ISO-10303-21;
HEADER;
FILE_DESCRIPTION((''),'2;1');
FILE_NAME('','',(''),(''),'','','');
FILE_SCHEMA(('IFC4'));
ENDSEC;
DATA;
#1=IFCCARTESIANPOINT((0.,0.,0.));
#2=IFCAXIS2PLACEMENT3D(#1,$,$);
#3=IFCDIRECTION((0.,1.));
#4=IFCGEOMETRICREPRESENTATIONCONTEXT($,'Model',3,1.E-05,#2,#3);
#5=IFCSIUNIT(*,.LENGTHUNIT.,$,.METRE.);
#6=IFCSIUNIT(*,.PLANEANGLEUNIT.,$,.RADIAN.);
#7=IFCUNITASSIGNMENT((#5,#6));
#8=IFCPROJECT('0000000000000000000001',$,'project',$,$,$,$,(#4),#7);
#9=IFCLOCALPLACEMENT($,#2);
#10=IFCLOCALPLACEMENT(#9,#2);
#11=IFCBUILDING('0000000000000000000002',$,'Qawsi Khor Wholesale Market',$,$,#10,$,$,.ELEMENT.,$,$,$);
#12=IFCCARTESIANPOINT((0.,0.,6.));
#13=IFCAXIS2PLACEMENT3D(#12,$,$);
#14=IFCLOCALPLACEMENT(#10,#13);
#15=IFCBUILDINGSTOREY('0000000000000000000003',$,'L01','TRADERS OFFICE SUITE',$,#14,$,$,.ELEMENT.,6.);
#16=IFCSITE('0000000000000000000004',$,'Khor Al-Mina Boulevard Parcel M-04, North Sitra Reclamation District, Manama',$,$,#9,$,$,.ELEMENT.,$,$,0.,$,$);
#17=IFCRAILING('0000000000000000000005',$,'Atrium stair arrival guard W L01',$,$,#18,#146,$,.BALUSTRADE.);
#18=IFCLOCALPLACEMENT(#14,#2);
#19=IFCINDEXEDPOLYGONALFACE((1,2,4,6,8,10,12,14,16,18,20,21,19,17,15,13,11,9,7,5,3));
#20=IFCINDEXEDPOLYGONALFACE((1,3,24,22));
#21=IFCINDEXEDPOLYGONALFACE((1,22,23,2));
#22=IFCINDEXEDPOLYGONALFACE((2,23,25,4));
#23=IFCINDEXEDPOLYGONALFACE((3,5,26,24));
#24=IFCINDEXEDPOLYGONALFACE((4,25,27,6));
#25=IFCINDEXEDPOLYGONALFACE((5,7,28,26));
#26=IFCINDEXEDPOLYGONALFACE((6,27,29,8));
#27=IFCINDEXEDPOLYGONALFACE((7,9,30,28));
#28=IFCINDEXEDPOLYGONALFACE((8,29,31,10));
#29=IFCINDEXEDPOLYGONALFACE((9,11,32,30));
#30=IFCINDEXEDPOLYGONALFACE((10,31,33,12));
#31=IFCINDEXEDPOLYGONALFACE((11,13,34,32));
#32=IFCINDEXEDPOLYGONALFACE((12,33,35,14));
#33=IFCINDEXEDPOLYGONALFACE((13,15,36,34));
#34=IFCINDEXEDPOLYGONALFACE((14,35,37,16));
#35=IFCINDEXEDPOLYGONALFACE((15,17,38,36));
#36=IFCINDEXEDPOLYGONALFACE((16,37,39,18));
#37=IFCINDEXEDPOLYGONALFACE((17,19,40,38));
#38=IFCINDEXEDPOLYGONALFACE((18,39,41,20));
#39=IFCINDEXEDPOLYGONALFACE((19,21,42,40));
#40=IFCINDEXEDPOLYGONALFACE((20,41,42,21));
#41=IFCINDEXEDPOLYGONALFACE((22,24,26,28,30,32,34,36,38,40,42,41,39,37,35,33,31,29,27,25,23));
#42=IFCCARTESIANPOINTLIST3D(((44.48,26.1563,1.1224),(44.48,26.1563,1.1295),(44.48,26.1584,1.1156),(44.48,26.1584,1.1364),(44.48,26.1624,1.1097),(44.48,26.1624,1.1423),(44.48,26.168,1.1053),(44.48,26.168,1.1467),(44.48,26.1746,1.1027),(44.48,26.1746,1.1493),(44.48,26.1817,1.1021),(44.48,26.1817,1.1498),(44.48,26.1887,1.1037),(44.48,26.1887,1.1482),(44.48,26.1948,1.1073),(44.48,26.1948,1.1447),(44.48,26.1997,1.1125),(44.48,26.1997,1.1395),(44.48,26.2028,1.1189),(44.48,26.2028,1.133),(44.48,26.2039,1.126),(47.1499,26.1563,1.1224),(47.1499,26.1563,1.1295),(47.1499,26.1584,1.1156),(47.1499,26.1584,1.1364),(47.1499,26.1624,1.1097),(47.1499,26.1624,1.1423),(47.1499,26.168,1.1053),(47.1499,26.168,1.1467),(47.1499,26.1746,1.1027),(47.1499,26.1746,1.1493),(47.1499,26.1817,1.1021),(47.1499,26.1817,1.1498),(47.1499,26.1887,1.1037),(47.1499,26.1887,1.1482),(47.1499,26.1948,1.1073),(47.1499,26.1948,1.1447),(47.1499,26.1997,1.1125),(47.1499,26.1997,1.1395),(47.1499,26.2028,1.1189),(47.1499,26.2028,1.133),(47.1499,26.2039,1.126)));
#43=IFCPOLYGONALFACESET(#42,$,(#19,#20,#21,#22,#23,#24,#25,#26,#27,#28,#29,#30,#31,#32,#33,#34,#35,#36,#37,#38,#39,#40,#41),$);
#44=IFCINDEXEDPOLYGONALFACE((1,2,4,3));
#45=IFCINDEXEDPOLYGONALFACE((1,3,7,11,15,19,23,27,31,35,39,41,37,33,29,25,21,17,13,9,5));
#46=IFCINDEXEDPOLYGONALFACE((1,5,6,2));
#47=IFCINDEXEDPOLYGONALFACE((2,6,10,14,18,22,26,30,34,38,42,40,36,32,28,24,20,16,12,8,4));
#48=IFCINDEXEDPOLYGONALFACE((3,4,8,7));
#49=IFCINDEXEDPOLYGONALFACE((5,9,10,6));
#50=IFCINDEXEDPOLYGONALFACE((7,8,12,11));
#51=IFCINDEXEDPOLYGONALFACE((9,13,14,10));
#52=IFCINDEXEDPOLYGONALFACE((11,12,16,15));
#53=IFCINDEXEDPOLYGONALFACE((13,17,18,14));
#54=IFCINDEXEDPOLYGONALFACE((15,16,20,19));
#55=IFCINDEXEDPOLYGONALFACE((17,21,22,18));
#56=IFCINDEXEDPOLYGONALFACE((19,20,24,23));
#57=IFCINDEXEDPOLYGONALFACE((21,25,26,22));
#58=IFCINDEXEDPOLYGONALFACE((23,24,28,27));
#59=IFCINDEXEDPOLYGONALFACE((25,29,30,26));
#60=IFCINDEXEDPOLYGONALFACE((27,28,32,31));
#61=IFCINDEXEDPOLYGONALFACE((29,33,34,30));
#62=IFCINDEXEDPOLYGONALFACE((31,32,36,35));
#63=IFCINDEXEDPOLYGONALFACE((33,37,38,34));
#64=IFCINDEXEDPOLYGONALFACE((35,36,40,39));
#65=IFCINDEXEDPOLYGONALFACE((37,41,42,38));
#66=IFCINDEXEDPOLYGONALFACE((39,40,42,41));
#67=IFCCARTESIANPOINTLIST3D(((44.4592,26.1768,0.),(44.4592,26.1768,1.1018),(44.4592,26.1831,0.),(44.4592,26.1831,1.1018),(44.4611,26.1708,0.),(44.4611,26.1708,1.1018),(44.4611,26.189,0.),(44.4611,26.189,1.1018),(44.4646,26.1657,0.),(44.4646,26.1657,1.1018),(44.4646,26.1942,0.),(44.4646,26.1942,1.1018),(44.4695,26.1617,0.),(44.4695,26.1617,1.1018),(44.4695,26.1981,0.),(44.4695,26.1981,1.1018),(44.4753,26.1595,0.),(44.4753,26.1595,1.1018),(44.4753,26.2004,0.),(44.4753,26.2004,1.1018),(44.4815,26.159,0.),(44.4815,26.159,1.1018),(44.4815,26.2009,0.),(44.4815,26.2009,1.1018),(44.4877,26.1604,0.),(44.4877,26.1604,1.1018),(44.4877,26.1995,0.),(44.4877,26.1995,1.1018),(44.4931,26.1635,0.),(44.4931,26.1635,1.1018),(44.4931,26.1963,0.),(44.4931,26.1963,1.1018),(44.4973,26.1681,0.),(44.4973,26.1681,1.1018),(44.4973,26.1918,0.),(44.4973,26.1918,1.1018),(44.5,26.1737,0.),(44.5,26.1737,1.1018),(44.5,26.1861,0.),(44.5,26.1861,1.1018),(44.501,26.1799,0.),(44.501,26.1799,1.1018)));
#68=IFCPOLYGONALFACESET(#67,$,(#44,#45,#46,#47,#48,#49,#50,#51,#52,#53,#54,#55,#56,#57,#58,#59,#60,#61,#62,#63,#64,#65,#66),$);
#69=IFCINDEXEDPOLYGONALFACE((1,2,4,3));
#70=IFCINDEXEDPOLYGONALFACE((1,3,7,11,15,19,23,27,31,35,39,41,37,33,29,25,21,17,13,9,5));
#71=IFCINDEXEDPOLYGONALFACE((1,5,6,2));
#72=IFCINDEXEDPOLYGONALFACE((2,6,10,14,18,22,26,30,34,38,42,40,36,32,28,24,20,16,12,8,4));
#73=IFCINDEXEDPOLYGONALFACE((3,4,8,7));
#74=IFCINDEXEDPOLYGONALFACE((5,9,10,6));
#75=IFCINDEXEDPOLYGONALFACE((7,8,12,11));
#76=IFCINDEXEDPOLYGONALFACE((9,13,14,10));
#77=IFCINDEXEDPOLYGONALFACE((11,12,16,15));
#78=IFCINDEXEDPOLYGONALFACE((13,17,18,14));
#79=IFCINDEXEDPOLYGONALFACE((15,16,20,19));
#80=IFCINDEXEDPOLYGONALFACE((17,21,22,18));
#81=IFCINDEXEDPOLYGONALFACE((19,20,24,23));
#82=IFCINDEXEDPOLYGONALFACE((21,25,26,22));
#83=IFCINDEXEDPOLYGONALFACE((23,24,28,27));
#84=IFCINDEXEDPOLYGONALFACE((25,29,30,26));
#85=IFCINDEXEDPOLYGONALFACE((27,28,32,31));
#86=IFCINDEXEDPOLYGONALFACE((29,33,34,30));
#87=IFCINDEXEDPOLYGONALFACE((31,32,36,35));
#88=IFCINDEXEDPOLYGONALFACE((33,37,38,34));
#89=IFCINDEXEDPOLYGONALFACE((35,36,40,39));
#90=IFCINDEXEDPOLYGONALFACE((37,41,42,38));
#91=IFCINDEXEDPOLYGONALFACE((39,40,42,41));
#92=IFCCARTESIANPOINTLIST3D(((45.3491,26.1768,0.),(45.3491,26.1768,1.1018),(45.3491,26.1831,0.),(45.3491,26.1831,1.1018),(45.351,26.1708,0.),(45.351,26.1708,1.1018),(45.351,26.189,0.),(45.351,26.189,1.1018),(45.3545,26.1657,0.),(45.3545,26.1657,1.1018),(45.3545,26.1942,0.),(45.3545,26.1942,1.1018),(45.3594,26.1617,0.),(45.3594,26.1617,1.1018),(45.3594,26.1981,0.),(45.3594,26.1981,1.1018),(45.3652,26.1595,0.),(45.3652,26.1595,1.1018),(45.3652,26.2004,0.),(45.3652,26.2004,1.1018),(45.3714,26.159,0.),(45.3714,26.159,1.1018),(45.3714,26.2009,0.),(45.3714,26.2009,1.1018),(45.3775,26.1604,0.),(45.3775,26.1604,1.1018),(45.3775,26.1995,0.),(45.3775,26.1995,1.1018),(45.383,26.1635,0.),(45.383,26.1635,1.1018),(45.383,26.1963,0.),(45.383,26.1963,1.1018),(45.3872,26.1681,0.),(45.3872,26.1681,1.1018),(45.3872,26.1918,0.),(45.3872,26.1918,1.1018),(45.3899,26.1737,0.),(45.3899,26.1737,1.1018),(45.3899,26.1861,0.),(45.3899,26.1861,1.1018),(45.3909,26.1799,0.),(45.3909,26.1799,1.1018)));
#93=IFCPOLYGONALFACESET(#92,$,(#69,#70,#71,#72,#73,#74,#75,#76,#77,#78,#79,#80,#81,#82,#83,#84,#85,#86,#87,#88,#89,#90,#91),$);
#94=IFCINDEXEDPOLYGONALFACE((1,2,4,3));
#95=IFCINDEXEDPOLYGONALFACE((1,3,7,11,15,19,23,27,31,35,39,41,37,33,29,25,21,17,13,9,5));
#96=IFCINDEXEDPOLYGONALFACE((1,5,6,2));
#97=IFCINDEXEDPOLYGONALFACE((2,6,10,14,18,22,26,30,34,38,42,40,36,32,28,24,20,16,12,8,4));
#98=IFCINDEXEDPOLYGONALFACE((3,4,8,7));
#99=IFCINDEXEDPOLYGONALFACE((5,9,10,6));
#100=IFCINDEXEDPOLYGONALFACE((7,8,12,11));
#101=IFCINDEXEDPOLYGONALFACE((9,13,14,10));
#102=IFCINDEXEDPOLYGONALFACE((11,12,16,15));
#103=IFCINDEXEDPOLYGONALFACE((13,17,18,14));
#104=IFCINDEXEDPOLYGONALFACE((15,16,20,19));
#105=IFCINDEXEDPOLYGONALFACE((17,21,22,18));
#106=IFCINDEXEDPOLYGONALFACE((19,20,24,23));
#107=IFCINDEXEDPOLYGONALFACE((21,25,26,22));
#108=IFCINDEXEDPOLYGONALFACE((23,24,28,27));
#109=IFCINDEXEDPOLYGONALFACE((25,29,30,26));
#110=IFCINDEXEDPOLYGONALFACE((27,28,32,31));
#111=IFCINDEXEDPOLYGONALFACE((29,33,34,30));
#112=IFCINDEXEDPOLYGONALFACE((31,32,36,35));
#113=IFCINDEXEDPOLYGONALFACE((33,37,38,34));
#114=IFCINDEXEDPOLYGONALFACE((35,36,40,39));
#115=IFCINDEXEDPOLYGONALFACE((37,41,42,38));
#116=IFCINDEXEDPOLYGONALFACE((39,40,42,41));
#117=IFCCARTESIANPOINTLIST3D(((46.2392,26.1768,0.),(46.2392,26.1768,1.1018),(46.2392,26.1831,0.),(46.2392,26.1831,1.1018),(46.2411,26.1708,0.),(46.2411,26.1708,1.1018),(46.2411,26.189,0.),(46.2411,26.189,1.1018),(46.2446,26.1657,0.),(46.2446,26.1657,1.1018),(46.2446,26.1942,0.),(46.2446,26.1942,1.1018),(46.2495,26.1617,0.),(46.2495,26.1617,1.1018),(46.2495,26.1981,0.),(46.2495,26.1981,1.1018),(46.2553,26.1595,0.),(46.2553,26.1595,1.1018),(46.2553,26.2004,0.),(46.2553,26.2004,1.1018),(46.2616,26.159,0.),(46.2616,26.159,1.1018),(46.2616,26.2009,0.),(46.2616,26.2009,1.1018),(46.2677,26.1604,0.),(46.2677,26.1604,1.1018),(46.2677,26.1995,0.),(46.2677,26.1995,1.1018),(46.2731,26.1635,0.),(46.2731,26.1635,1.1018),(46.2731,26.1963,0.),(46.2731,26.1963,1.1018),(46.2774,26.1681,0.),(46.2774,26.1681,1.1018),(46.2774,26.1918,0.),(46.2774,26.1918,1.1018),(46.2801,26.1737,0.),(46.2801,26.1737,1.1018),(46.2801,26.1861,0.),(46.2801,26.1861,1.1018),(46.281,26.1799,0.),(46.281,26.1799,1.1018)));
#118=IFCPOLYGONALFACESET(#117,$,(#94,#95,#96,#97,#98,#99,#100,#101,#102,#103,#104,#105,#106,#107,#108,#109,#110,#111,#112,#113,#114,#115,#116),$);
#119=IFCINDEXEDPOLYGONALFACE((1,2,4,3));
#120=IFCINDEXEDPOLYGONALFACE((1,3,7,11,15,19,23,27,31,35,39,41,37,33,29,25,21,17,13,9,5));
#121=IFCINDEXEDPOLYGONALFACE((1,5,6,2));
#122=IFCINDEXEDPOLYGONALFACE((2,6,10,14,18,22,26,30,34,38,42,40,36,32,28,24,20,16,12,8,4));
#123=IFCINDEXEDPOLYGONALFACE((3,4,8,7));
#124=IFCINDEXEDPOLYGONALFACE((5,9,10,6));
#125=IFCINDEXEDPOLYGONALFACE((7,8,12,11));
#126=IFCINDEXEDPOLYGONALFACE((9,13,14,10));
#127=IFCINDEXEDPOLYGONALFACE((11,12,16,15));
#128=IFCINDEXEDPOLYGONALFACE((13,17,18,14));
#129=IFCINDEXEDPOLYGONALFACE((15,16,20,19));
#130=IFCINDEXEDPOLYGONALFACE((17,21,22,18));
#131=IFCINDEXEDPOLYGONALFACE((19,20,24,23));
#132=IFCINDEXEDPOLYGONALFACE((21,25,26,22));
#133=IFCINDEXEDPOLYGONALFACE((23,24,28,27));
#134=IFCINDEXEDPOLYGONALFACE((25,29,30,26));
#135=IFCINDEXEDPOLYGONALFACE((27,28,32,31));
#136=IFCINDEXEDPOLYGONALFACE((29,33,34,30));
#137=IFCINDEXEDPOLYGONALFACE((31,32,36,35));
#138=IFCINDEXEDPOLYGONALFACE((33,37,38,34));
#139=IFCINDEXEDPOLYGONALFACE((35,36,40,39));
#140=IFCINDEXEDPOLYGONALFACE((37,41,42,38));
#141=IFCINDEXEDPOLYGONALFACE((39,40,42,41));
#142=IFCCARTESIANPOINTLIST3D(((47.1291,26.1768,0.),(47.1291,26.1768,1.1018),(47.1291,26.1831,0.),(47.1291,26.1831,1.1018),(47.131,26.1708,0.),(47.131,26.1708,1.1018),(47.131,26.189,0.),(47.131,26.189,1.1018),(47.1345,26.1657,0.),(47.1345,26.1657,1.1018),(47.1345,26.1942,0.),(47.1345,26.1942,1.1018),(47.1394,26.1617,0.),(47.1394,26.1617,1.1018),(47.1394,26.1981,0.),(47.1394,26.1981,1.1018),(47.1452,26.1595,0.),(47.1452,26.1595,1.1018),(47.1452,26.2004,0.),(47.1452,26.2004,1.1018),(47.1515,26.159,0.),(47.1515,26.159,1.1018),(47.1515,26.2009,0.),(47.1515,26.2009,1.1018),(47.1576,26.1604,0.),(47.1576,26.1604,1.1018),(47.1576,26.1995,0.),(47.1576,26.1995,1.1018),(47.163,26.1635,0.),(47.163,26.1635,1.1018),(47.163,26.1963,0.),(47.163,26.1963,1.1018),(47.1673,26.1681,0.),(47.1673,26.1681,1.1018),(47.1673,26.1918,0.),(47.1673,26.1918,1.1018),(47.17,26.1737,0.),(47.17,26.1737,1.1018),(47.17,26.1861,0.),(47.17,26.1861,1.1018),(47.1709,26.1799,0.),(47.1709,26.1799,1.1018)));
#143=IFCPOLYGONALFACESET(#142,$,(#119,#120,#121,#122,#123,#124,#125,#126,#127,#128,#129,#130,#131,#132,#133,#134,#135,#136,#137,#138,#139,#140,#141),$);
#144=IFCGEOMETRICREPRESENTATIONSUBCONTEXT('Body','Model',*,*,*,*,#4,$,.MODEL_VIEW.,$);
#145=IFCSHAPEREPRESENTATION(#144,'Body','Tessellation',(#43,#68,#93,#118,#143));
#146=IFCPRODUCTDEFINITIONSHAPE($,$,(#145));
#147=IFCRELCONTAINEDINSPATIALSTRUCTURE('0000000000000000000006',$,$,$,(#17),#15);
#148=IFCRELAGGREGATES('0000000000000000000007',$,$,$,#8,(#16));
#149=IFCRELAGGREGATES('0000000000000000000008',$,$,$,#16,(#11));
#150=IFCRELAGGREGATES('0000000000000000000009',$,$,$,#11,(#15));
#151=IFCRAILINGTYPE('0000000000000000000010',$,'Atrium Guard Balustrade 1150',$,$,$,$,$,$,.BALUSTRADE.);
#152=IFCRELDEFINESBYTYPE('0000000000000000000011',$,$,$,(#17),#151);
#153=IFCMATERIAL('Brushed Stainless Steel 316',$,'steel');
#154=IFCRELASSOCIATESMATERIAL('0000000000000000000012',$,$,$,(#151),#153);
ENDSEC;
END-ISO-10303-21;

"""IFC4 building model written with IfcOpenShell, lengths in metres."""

from ifc_helpers import new_model, si_unit, direction, frame, origin, origin_2d, place, context, subcontext, project, spatial, circle, extrude, material, type_object, element, save


model = new_model("IFC4")

# Units and contexts
model_context = context("Model", 3, precision=1e-05, world=origin(), true_north=direction((0.0, 1.0)))
body_context = subcontext(model_context, "Body", "Model", "MODEL_VIEW")
ifc_project = project(units=[si_unit("LENGTHUNIT", "METRE"), si_unit("PLANEANGLEUNIT", "RADIAN")], contexts=[model_context])

# Site, building, storey
site_placement = place(None, origin())
site = spatial("IfcSite", under=ifc_project, at=site_placement, Name="Khor Al-Mina Boulevard Parcel M-04, North Sitra Reclamation District, Manama", CompositionType="ELEMENT", RefElevation=0.0)
building_placement = place(site_placement, origin())
building = spatial("IfcBuilding", under=site, at=building_placement, Name="Qawsi Khor Wholesale Market", CompositionType="ELEMENT")
storey_placement = place(building_placement, frame((0.0, 0.0, 6.0)))
storey = spatial("IfcBuildingStorey", under=building, at=storey_placement, Name="L01", Description="TRADERS OFFICE SUITE", CompositionType="ELEMENT", Elevation=6.0)

# Railing
ifc_material_1 = material(Name="Brushed Stainless Steel 316", Category="steel")
railing_type = type_object("IfcRailingType", Name="Atrium Guard Balustrade 1150", PredefinedType="BALUSTRADE", material=ifc_material_1)
railing_1_placement = place(storey_placement, frame((44.48, 26.1799, 0.0)))
element("IfcRailing", 1, at=railing_1_placement, inside=storey, type_object=railing_type, Name="Atrium stair arrival guard W L01", PredefinedType="BALUSTRADE", context=body_context, shape_type="SweptSolid", body=[
    extrude(circle(Radius=0.0239, at=origin_2d()), frame((0.0, 0.0, 1.126), z_axis=(1.0, 0.0, 0.0), x_axis=(0.0, 1.0, 0.0)), (0.0, 0.0, 1.0), 2.6699),
    extrude(circle(Radius=0.021, at=origin_2d()), origin(), (0.0, 0.0, 1.0), 1.1018),
    extrude(circle(Radius=0.021, at=origin_2d()), frame((0.8899, 0.0, 0.0)), (0.0, 0.0, 1.0), 1.1018),
    extrude(circle(Radius=0.021, at=origin_2d()), frame((1.78, 0.0, 0.0)), (0.0, 0.0, 1.0), 1.1018),
    extrude(circle(Radius=0.021, at=origin_2d()), frame((2.6699, 0.0, 0.0)), (0.0, 0.0, 1.0), 1.1018),
])

save(model, "model.ifc")
